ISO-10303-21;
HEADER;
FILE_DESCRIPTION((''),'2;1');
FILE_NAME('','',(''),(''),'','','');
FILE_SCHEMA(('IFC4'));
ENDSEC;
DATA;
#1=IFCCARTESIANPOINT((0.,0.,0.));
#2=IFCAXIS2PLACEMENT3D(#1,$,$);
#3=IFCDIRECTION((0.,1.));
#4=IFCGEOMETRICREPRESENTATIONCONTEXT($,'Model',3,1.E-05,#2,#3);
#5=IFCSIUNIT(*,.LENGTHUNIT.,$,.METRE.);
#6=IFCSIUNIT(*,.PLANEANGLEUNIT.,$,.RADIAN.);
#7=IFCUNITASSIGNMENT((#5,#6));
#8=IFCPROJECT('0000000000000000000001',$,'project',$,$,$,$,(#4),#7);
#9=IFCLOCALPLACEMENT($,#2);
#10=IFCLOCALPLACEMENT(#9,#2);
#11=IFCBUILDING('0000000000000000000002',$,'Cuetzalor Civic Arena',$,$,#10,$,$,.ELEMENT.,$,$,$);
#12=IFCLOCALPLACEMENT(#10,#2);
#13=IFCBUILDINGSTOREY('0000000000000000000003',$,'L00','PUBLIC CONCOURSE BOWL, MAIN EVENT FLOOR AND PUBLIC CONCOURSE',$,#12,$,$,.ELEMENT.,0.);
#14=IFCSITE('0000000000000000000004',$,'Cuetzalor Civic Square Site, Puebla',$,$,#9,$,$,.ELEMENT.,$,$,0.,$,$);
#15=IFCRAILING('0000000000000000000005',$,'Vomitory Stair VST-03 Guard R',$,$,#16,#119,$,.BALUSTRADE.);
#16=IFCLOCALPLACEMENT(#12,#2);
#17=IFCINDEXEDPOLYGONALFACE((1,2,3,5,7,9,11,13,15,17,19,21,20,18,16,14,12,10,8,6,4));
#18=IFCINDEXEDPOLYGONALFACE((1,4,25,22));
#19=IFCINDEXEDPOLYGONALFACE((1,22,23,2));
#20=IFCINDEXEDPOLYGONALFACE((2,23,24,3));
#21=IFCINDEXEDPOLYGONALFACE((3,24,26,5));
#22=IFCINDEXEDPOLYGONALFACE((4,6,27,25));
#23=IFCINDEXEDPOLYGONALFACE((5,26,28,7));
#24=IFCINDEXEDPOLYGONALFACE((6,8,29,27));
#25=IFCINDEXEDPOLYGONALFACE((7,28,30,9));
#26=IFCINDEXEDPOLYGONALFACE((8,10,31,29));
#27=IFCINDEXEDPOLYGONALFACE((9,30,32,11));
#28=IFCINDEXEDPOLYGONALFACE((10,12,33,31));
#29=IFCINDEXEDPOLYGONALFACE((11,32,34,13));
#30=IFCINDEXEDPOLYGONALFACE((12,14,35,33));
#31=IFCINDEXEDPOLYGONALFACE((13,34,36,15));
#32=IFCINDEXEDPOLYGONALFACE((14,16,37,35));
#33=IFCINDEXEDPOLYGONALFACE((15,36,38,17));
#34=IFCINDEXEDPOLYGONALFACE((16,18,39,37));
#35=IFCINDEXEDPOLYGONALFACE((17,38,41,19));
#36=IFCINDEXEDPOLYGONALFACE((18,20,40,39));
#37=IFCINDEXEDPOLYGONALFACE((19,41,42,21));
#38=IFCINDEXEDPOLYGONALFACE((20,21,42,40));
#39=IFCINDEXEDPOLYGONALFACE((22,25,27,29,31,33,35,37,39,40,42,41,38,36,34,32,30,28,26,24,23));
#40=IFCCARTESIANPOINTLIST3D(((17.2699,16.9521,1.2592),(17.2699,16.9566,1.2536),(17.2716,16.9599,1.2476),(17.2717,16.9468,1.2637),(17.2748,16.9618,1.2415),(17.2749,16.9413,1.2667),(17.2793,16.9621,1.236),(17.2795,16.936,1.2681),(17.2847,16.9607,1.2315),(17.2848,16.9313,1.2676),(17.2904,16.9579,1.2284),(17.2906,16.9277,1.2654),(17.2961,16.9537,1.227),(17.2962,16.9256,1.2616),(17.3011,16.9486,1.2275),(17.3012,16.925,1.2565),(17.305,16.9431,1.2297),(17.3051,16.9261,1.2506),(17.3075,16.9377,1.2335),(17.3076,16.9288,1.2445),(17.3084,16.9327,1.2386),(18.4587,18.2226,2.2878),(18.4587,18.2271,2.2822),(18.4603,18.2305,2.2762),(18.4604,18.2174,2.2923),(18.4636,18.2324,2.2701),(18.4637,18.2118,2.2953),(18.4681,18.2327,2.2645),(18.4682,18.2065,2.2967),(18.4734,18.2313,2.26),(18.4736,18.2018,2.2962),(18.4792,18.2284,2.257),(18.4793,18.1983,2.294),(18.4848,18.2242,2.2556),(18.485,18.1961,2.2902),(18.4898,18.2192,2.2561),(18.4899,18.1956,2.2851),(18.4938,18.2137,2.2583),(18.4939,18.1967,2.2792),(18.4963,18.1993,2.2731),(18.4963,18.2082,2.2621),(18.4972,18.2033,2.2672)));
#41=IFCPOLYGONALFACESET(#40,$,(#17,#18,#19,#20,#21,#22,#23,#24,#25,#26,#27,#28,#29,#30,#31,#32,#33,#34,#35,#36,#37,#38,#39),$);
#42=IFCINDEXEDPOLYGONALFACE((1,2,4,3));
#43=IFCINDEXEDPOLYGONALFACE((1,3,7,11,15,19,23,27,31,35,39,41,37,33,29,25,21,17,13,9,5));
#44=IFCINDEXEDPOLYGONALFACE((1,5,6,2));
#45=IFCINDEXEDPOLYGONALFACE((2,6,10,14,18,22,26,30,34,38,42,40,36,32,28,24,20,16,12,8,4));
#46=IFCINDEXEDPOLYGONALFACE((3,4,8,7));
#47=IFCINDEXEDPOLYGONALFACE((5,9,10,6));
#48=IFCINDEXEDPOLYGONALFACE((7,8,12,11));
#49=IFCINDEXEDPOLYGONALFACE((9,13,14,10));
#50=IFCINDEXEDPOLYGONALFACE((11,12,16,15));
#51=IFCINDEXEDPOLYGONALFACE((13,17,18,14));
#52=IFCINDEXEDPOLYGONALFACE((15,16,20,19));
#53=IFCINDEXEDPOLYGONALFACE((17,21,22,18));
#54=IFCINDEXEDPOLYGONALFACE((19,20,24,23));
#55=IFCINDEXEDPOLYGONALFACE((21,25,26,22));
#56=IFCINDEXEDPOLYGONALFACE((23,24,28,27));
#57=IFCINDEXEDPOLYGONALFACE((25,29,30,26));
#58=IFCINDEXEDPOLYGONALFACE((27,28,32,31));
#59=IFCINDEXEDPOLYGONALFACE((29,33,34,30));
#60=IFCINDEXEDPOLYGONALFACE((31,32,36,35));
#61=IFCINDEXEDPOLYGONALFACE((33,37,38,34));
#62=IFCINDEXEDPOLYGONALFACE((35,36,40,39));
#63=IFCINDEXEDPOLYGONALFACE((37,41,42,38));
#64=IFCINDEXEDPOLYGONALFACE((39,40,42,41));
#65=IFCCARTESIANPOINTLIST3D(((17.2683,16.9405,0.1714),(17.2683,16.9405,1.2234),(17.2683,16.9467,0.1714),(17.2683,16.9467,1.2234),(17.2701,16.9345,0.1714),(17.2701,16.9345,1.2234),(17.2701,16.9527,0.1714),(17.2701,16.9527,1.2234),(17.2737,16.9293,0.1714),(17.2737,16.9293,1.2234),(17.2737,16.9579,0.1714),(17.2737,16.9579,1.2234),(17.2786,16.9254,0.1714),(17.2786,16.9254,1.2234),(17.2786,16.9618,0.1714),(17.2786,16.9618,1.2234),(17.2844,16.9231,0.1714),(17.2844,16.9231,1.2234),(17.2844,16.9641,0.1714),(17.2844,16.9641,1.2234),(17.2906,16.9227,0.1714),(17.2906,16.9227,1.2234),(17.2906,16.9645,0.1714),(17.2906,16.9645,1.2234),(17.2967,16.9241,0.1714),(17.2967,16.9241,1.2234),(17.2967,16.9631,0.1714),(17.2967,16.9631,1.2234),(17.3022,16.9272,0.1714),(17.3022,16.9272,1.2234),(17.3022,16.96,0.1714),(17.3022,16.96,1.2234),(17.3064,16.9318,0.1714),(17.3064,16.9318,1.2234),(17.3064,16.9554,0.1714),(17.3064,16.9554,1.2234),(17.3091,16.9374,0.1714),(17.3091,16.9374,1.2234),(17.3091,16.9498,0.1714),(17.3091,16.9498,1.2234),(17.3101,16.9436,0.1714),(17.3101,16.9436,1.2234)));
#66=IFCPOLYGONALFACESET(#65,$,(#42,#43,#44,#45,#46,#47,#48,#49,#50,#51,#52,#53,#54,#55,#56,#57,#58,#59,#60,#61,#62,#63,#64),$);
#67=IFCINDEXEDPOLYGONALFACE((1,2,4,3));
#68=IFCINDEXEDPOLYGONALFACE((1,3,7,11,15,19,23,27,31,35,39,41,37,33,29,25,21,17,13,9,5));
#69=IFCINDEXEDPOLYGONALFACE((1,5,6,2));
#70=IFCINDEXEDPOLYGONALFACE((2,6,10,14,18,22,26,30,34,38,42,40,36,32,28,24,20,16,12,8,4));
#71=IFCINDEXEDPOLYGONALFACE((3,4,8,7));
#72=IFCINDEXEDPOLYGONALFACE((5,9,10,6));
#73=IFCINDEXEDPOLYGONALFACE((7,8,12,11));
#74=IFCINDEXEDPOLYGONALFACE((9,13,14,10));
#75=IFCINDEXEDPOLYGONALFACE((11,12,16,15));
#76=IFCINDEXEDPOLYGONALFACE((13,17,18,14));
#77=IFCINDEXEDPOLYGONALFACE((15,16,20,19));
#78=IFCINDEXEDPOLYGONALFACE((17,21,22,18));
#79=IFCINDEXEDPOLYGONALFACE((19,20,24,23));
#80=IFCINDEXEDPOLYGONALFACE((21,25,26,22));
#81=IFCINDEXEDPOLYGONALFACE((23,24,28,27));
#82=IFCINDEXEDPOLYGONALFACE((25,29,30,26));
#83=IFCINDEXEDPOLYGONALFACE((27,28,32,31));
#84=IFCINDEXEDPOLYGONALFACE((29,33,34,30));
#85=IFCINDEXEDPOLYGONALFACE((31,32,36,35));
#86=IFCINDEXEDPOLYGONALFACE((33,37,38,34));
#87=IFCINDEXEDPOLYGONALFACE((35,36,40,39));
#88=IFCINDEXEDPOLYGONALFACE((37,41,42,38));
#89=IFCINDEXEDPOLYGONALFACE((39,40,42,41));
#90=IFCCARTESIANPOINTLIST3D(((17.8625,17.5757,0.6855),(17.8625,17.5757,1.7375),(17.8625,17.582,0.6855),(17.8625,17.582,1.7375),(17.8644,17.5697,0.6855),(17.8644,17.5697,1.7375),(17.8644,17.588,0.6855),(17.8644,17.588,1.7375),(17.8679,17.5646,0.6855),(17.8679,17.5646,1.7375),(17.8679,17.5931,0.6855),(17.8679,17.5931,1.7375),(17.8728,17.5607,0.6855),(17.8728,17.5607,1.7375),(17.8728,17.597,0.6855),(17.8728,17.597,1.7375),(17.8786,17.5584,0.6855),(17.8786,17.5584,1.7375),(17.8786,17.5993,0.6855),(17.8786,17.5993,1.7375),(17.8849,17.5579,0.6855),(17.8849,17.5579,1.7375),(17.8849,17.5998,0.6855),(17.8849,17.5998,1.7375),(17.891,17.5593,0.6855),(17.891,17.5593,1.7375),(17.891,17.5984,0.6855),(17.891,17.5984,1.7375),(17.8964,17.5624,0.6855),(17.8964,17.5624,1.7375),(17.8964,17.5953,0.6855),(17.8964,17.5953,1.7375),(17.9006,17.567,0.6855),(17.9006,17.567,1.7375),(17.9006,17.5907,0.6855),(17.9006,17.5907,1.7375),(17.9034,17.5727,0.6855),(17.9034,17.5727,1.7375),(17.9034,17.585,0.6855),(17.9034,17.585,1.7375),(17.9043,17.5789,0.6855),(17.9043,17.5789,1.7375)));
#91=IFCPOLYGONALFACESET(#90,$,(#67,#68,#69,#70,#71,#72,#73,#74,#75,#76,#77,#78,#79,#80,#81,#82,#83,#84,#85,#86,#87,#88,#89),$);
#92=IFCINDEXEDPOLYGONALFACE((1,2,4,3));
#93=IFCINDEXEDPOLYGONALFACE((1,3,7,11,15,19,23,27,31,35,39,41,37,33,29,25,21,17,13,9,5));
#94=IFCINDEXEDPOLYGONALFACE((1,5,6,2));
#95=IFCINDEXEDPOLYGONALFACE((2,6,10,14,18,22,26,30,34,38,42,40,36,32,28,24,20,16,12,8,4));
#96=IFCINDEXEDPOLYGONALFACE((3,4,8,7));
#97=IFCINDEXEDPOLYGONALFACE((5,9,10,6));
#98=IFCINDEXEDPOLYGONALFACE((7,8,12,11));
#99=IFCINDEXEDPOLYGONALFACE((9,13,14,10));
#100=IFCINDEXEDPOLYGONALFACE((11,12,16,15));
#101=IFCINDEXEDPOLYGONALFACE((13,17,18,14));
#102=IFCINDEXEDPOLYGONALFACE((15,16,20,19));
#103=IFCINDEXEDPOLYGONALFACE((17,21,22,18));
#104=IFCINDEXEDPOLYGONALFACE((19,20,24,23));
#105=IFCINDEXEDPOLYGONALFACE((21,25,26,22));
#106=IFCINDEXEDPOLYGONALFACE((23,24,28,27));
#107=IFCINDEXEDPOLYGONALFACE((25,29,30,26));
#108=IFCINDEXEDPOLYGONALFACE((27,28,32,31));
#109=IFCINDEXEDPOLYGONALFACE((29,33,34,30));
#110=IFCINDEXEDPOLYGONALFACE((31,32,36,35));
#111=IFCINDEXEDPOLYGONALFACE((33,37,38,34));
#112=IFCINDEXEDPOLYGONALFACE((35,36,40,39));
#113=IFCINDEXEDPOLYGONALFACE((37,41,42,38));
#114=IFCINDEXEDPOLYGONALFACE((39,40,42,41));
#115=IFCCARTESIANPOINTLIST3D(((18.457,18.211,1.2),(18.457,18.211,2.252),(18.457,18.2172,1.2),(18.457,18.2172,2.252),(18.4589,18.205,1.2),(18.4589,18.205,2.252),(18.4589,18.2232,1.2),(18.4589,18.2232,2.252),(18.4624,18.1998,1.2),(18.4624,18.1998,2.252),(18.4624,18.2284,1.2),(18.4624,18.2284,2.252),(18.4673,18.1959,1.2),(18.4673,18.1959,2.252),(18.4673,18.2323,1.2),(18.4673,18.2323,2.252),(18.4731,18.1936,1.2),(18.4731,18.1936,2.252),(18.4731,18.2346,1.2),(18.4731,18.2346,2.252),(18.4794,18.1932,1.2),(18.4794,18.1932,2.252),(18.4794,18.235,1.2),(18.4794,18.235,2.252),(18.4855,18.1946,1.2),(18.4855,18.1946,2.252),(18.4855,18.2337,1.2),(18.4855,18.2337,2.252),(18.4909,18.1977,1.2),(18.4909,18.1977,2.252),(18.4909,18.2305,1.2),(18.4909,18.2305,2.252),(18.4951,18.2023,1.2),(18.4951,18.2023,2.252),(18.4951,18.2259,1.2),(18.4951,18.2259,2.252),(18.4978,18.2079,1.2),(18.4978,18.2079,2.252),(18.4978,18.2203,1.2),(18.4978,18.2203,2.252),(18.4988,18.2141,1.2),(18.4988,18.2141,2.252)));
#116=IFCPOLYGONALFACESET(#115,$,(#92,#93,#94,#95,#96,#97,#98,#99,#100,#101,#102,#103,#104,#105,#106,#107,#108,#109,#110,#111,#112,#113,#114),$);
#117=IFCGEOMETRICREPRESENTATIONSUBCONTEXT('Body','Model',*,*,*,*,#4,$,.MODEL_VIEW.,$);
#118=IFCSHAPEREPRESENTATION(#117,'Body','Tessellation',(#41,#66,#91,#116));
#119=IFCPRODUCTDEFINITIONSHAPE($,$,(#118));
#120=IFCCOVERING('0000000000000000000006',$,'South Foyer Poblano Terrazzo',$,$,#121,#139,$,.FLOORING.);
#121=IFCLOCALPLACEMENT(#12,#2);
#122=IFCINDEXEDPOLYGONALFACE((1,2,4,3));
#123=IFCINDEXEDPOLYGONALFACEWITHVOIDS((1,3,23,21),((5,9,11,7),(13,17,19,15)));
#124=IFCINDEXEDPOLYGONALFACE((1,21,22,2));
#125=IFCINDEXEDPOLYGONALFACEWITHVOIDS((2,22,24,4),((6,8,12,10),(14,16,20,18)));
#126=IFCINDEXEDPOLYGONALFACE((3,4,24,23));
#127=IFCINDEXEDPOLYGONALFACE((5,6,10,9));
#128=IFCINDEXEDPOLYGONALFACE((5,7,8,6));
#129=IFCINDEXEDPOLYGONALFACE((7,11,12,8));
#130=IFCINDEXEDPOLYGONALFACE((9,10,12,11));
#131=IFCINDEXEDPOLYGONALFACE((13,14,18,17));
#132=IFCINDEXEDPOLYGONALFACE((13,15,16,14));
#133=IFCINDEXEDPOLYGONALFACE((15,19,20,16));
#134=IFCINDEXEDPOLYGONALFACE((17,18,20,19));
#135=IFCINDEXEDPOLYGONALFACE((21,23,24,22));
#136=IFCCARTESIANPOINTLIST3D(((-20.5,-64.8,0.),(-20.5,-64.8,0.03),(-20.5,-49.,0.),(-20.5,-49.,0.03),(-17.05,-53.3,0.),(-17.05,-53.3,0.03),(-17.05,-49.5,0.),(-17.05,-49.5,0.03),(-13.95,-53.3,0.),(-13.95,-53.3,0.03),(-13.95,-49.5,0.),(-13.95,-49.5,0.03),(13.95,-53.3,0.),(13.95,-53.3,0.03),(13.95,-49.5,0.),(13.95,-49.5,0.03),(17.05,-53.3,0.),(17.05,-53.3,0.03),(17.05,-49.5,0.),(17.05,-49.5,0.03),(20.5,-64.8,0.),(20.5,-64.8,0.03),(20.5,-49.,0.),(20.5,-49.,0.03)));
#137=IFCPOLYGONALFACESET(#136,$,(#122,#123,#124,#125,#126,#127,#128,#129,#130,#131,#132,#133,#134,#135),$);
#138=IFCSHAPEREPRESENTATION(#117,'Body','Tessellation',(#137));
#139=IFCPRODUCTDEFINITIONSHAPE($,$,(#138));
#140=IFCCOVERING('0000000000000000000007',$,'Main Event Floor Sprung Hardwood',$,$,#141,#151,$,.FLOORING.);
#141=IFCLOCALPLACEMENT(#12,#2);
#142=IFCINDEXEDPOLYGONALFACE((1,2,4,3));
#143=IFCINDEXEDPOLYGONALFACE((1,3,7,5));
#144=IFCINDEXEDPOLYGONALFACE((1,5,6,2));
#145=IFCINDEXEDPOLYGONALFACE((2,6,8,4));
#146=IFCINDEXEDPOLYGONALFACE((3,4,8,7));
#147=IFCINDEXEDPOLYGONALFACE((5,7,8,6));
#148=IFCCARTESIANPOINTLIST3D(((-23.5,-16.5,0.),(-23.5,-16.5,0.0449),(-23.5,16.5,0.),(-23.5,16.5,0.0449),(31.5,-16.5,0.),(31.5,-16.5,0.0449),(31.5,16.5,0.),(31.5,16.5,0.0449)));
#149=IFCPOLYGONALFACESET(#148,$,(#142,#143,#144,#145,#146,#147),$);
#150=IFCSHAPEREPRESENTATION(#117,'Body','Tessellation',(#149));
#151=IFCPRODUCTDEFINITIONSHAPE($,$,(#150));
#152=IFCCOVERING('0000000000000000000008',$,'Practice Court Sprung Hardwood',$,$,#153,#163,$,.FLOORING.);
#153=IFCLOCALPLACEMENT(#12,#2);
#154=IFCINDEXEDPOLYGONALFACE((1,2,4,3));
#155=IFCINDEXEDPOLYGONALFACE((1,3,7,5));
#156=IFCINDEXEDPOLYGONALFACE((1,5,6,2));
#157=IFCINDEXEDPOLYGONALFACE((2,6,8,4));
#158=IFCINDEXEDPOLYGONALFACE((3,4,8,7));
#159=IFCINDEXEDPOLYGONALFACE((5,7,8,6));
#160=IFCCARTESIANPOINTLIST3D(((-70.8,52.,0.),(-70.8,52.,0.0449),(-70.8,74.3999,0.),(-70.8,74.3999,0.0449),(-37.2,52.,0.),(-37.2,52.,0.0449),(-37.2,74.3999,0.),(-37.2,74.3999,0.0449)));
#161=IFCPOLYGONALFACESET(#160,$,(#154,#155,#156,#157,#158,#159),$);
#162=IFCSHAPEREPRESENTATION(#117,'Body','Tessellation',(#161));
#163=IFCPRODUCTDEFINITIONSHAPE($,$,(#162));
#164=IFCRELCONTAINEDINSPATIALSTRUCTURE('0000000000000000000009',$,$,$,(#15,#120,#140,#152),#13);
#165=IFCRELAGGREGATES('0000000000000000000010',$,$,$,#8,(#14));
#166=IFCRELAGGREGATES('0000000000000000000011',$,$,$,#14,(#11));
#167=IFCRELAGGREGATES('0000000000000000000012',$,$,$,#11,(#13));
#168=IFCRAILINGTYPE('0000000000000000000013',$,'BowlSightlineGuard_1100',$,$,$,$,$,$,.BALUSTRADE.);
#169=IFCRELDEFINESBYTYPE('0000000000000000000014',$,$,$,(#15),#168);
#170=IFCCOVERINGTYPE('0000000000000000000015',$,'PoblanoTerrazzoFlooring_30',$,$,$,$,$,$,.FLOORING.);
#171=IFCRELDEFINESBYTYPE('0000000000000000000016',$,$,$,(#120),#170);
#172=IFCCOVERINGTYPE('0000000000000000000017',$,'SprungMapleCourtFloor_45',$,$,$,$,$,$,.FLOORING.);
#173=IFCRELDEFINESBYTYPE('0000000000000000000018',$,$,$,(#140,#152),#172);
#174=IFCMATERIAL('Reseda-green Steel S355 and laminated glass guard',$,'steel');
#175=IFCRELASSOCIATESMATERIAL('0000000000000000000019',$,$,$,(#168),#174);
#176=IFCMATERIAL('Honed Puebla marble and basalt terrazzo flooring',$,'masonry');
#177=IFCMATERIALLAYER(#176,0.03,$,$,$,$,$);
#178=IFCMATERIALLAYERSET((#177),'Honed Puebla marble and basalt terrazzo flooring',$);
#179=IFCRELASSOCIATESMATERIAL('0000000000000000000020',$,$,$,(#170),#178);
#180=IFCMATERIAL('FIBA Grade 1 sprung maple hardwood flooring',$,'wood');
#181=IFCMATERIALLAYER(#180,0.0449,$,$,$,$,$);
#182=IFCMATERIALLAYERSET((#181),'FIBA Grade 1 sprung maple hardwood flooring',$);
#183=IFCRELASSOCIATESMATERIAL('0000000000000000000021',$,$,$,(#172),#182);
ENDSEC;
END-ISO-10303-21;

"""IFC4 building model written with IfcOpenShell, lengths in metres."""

from ifc_helpers import new_model, si_unit, direction, frame, origin, origin_2d, place, context, subcontext, project, spatial, polyline, circle, outline, extrude, material, layer, layer_set, type_object, element, save


model = new_model("IFC4")

# Units and contexts
model_context = context("Model", 3, precision=1e-05, world=origin(), true_north=direction((0.0, 1.0)))
body_context = subcontext(model_context, "Body", "Model", "MODEL_VIEW")
ifc_project = project(units=[si_unit("LENGTHUNIT", "METRE"), si_unit("PLANEANGLEUNIT", "RADIAN")], contexts=[model_context])

# Site, building, storey
site_placement = place(None, origin())
site = spatial("IfcSite", under=ifc_project, at=site_placement, Name="Cuetzalor Civic Square Site, Puebla", CompositionType="ELEMENT", RefElevation=0.0)
building_placement = place(site_placement, origin())
building = spatial("IfcBuilding", under=site, at=building_placement, Name="Cuetzalor Civic Arena", CompositionType="ELEMENT")
storey_placement = place(building_placement, origin())
storey = spatial("IfcBuildingStorey", under=building, at=storey_placement, Name="L00", Description="PUBLIC CONCOURSE BOWL, MAIN EVENT FLOOR AND PUBLIC CONCOURSE", CompositionType="ELEMENT", Elevation=0.0)

# Railing
ifc_material_1 = material(Name="Reseda-green Steel S355 and laminated glass guard", Category="steel")
railing_type_1 = type_object("IfcRailingType", Name="BowlSightlineGuard_1100", PredefinedType="BALUSTRADE", material=ifc_material_1)
railing_1_placement = place(storey_placement, frame((17.2891, 16.9436, 0.1714)))
element("IfcRailing", 1, at=railing_1_placement, inside=storey, type_object=railing_type_1, Name="Vomitory Stair VST-03 Guard R", PredefinedType="BALUSTRADE", context=body_context, shape_type="SweptSolid", body=[
    extrude(circle(Radius=0.0239, at=origin_2d()), frame((0.0, 0.0, 1.0762), z_axis=(0.58813, 0.628595, 0.508892), x_axis=(-0.730219, 0.683213, 0.0)), (0.0, 0.0, 1.0), 2.0212),
    extrude(circle(Radius=0.021, at=origin_2d()), origin(), (0.0, 0.0, 1.0), 1.052),
    extrude(circle(Radius=0.021, at=origin_2d()), frame((0.5942, 0.6353, 0.5142)), (0.0, 0.0, 1.0), 1.052),
    extrude(circle(Radius=0.021, at=origin_2d()), frame((1.1887, 1.2705, 1.0286)), (0.0, 0.0, 1.0), 1.052),
])

# Coverings
ifc_material_2 = material(Name="Honed Puebla marble and basalt terrazzo flooring", Category="masonry")
ifc_layer_1 = layer(ifc_material_2, 0.03)
ifc_layer_set_1 = layer_set([ifc_layer_1], Name="Honed Puebla marble and basalt terrazzo flooring")
covering_type_1 = type_object("IfcCoveringType", Name="PoblanoTerrazzoFlooring_30", PredefinedType="FLOORING", material=ifc_layer_set_1)
covering_1_placement = place(storey_placement, origin())
element("IfcCovering", 2, at=covering_1_placement, inside=storey, type_object=covering_type_1, Name="South Foyer Poblano Terrazzo", PredefinedType="FLOORING", context=body_context, shape_type="SweptSolid", body=[
    extrude(outline(polyline([(-20.5, -49.0), (20.5, -49.0), (20.5, -64.8), (-20.5, -64.8), (-20.5, -49.0)]), holes=[polyline([(-17.05, -53.3), (-13.95, -53.3), (-13.95, -49.5), (-17.05, -49.5), (-17.05, -53.3)]), polyline([(13.95, -53.3), (17.05, -53.3), (17.05, -49.5), (13.95, -49.5), (13.95, -53.3)])]), origin(), (0.0, 0.0, 1.0), 0.03),
])
ifc_material_3 = material(Name="FIBA Grade 1 sprung maple hardwood flooring", Category="wood")
ifc_layer_2 = layer(ifc_material_3, 0.0449)
ifc_layer_set_2 = layer_set([ifc_layer_2], Name="FIBA Grade 1 sprung maple hardwood flooring")
covering_type_2 = type_object("IfcCoveringType", Name="SprungMapleCourtFloor_45", PredefinedType="FLOORING", material=ifc_layer_set_2)
covering_2_placement = place(storey_placement, origin())
element("IfcCovering", 3, at=covering_2_placement, inside=storey, type_object=covering_type_2, Name="Main Event Floor Sprung Hardwood", PredefinedType="FLOORING", context=body_context, shape_type="SweptSolid", body=[
    extrude(outline(polyline([(-23.5, 16.5), (31.5, 16.5), (31.5, -16.5), (-23.5, -16.5), (-23.5, 16.5)])), origin(), (0.0, 0.0, 1.0), 0.0449),
])
covering_3_placement = place(storey_placement, origin())
element("IfcCovering", 4, at=covering_3_placement, inside=storey, type_object=covering_type_2, Name="Practice Court Sprung Hardwood", PredefinedType="FLOORING", context=body_context, shape_type="SweptSolid", body=[
    extrude(outline(polyline([(-70.8, 74.3999), (-37.2, 74.3999), (-37.2, 52.0), (-70.8, 52.0), (-70.8, 74.3999)])), origin(), (0.0, 0.0, 1.0), 0.0449),
])

save(model, "model.ifc")
